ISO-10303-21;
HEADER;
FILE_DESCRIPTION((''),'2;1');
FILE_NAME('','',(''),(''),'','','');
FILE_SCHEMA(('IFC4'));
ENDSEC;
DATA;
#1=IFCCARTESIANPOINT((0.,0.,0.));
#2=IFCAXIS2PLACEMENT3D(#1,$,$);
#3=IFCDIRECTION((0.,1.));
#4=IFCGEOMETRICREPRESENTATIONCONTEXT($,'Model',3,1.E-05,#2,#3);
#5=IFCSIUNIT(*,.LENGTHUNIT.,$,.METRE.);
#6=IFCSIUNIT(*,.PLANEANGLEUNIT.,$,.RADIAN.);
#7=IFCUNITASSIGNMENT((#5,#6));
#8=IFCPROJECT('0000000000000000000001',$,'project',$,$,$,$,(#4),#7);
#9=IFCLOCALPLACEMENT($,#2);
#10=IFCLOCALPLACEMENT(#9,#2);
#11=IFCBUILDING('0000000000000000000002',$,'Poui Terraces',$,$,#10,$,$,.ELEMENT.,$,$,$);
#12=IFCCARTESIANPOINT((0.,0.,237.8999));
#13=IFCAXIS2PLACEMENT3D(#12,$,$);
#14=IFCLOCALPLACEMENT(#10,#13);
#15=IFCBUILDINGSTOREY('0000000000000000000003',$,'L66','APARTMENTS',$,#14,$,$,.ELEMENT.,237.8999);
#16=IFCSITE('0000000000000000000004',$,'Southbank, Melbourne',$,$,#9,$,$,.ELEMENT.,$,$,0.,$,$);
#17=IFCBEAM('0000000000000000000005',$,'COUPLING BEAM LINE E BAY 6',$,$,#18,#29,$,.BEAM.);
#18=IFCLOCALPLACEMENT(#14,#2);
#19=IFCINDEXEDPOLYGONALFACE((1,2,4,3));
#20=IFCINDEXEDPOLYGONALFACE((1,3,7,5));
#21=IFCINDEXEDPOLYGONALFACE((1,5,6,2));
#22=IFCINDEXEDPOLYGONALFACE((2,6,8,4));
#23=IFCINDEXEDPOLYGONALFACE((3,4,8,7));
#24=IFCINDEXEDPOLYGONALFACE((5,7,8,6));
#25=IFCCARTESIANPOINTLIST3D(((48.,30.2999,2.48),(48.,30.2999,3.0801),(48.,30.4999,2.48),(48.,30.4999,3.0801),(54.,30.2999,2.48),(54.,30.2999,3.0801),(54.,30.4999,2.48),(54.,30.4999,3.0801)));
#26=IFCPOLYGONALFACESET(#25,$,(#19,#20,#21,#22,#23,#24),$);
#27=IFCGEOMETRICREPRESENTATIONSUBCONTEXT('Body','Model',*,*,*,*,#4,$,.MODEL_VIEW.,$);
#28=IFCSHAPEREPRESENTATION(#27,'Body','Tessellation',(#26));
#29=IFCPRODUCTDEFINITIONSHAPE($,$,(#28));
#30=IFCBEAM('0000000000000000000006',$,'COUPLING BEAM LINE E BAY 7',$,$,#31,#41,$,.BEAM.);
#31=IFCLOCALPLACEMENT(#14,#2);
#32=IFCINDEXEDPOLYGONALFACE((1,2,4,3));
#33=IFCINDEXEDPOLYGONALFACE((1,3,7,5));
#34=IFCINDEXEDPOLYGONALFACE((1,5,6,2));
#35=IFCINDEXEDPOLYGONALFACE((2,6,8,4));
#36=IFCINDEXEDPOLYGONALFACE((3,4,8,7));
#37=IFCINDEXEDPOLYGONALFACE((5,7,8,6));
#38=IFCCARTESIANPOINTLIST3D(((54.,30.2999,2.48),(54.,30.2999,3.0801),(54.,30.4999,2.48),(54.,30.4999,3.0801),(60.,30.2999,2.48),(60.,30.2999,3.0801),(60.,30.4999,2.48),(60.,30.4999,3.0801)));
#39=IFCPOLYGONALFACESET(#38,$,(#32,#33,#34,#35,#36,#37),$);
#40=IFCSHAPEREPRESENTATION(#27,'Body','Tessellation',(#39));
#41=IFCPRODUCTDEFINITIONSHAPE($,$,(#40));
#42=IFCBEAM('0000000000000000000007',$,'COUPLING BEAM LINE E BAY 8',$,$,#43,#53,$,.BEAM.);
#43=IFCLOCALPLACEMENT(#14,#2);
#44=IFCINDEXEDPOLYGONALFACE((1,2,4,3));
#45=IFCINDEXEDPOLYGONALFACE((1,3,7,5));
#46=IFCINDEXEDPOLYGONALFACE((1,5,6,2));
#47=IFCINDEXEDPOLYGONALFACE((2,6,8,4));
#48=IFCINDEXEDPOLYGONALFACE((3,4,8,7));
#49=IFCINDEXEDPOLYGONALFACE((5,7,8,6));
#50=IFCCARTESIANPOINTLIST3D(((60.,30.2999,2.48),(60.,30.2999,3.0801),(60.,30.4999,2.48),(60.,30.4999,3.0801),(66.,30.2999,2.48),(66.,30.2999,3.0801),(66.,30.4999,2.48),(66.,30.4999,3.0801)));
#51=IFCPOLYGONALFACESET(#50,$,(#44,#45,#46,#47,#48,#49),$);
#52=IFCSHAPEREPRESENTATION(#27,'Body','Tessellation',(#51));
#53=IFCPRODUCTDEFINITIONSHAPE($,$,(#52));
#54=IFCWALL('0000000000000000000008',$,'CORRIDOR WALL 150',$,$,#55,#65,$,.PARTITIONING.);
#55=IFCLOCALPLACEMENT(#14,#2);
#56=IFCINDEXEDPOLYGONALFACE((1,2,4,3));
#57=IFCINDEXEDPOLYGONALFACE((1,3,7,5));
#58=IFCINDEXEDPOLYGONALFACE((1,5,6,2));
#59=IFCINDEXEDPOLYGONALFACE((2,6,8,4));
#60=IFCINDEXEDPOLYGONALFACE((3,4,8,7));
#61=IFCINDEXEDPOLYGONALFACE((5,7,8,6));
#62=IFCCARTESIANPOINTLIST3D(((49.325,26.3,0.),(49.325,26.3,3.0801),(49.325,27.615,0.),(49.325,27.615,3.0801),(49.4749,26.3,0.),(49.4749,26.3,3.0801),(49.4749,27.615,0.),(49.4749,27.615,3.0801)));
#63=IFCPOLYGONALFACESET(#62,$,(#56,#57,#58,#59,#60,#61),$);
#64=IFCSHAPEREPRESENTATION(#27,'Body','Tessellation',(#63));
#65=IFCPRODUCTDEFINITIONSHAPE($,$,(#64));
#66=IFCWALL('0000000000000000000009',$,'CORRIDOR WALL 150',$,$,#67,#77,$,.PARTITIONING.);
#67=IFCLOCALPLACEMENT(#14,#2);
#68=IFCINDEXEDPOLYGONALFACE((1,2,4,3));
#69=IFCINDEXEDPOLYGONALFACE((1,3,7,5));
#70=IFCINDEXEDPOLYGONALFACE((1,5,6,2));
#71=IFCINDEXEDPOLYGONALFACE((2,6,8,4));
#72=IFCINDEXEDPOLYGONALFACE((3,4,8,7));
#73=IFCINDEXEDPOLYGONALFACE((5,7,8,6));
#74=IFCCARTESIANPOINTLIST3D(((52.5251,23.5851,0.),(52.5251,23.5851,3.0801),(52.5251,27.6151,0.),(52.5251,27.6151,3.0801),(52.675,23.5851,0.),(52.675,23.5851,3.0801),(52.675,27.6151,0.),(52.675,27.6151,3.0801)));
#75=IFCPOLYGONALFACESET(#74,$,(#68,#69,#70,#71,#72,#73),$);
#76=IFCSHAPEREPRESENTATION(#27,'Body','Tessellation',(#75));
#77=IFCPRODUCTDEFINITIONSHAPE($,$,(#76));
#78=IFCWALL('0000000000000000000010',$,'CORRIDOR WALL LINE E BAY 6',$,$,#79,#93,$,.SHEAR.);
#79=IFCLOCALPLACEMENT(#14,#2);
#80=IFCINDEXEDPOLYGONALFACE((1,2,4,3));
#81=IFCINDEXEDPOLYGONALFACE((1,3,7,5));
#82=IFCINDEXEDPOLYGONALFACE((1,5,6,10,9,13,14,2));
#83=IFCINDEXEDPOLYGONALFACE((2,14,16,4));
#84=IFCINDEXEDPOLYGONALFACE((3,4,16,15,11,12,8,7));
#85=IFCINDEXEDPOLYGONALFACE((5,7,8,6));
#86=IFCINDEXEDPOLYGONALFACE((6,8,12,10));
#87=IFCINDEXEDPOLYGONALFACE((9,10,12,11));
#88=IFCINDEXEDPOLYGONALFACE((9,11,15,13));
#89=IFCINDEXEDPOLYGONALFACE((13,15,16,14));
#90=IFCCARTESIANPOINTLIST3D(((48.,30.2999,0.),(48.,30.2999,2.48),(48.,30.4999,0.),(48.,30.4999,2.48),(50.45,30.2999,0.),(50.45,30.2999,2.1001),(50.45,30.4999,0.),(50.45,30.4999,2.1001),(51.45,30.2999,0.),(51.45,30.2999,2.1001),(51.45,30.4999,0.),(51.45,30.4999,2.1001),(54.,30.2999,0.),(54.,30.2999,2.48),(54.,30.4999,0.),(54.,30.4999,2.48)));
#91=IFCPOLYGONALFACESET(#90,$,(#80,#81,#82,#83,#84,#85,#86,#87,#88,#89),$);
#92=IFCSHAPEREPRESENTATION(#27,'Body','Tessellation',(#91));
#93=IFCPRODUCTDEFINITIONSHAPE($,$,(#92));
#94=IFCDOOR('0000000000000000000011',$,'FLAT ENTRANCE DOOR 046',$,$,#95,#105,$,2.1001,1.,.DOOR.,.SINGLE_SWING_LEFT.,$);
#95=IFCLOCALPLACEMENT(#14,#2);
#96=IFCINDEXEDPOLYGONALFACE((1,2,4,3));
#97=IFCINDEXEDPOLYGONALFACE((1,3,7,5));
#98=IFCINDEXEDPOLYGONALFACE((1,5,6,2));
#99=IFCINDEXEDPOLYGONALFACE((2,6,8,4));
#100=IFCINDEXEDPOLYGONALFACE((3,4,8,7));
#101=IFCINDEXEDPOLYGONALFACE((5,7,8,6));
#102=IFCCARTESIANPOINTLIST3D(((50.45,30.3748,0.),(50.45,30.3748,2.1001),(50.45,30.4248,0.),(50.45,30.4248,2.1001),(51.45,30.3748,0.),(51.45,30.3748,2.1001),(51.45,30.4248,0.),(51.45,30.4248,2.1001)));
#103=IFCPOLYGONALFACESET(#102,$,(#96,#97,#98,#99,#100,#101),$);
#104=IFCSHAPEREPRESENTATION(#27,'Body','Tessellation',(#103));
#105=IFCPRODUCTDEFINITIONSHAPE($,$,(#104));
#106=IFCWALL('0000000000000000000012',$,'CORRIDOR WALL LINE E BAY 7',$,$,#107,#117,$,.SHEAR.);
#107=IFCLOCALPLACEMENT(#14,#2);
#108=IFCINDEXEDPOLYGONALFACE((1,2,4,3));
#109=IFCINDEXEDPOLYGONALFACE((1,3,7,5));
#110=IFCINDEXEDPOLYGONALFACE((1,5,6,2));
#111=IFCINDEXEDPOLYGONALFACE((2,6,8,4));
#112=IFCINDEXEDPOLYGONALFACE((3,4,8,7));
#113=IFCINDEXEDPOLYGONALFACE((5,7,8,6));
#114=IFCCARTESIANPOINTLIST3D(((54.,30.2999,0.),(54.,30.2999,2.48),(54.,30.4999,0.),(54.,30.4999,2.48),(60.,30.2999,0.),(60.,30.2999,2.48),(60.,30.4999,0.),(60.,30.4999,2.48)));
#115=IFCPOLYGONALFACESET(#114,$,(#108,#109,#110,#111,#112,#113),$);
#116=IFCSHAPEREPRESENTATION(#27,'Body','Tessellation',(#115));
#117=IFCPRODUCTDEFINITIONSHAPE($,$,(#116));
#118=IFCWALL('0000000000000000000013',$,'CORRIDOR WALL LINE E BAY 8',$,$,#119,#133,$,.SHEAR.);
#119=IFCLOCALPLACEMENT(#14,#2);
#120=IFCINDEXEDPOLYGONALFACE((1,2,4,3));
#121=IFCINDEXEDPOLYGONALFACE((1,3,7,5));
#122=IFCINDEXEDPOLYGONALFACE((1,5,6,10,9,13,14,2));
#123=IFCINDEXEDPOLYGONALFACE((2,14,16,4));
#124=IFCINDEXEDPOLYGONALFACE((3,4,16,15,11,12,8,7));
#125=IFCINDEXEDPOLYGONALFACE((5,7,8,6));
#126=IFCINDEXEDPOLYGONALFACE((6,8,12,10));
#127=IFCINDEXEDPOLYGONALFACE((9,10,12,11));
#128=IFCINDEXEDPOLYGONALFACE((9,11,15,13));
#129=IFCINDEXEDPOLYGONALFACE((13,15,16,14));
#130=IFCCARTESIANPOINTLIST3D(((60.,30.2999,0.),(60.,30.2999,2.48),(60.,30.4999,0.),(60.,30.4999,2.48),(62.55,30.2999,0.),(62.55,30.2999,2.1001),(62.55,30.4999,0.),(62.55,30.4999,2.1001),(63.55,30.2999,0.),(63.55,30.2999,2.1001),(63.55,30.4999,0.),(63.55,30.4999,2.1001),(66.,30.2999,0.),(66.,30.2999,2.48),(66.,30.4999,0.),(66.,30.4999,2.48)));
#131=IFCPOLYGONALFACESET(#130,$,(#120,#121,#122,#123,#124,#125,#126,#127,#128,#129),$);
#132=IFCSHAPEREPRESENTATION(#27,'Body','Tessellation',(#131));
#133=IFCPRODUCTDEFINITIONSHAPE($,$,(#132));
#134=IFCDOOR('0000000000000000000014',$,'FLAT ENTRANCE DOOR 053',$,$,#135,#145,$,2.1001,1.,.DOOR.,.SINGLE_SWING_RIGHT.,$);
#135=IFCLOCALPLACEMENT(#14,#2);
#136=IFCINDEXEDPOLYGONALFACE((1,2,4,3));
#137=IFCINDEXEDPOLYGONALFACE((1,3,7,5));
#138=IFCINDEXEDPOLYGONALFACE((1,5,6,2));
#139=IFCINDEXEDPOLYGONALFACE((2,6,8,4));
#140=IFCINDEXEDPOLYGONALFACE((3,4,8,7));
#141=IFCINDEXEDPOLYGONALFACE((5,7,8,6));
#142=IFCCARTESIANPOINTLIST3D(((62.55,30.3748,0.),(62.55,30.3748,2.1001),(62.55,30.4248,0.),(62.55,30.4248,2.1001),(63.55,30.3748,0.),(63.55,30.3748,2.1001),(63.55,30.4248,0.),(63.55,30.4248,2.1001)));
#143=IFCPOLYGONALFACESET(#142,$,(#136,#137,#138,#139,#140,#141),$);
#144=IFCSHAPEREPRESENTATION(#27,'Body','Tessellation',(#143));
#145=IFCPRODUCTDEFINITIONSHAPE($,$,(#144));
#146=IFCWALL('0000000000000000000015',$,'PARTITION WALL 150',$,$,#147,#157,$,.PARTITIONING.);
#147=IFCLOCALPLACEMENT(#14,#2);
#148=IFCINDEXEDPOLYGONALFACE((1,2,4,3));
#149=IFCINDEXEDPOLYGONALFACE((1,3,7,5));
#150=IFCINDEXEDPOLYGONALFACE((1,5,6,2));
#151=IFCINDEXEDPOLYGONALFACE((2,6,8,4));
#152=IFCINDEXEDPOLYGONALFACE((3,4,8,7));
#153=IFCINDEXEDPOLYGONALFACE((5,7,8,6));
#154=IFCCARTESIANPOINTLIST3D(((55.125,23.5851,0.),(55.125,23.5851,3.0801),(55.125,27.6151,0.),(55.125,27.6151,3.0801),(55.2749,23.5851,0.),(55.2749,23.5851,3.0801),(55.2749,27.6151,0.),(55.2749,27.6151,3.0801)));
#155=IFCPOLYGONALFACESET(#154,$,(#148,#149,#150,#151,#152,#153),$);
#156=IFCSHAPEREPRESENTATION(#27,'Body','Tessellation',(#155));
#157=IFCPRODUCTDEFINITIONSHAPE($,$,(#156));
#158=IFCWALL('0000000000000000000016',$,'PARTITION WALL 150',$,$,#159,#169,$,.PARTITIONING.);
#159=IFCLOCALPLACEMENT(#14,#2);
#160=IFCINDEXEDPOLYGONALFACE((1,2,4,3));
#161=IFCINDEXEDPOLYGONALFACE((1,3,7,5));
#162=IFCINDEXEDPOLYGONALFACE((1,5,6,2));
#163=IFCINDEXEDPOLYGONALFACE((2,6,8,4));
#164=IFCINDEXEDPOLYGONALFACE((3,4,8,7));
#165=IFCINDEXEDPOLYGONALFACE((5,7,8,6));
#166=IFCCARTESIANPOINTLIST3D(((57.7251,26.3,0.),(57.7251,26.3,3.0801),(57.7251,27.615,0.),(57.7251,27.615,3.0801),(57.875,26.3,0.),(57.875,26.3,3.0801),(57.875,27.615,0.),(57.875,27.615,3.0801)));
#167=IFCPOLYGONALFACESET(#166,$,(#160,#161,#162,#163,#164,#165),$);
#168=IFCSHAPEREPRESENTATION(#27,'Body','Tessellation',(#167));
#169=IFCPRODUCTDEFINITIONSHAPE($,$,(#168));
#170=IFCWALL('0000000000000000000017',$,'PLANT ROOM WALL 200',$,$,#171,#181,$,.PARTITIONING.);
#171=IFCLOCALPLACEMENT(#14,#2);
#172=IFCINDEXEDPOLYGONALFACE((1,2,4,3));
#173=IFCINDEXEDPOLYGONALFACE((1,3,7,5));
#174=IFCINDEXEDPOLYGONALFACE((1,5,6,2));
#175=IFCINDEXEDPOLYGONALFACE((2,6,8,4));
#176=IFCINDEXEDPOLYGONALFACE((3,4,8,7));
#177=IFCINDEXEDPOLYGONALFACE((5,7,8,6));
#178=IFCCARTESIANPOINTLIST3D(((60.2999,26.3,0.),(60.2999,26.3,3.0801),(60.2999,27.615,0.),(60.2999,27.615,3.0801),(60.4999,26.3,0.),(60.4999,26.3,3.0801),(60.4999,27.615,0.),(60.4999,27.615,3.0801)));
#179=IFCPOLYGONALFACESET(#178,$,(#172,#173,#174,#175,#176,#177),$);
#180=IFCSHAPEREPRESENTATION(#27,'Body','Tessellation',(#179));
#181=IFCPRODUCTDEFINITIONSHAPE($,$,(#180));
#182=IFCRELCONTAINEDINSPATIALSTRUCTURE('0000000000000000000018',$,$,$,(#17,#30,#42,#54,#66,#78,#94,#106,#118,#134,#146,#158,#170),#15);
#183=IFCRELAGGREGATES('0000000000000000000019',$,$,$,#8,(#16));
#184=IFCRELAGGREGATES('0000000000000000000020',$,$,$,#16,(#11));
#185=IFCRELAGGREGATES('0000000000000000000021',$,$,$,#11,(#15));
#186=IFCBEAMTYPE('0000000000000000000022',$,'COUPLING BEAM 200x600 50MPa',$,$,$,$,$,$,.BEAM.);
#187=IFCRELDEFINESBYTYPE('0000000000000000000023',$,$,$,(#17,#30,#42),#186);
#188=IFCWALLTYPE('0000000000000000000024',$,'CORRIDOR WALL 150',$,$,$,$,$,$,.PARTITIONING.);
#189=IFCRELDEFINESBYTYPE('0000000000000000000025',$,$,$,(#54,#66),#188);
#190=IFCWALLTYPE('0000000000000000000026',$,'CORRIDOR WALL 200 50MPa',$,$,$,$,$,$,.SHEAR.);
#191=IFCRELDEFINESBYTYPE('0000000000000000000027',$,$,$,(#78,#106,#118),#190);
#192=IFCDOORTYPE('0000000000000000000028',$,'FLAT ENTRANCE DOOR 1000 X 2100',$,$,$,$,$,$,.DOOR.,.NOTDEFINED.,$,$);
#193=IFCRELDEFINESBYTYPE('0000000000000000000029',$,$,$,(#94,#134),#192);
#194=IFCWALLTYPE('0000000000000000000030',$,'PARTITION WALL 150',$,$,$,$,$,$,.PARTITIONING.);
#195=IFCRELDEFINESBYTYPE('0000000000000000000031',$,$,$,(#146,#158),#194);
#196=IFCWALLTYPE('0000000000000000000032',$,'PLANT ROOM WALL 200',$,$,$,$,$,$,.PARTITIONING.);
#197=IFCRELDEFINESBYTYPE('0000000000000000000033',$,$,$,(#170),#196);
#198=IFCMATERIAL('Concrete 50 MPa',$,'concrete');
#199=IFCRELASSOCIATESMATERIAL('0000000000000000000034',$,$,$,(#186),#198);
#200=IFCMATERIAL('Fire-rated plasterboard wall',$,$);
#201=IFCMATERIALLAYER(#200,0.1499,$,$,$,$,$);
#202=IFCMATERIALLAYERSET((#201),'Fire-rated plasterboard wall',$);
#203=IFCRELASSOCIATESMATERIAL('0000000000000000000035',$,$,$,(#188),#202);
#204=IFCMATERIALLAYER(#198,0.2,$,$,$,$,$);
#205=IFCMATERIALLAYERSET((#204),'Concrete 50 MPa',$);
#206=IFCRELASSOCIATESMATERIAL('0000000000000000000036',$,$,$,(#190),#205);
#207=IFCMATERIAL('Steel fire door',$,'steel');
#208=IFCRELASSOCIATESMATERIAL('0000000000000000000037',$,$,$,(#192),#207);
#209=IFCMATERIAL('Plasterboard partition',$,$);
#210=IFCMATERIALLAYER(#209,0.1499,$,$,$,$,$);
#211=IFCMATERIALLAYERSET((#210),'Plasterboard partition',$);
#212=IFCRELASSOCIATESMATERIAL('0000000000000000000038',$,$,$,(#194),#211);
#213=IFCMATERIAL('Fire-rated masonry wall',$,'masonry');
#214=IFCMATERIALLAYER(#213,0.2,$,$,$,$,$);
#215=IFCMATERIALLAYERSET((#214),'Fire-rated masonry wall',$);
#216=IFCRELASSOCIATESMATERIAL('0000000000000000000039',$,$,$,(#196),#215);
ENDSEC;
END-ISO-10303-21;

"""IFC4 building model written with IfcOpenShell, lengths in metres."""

from ifc_helpers import new_model, si_unit, direction, frame, frame_2d, origin, origin_2d, place, context, subcontext, project, spatial, rectangle, extrude, source, transform, mapped, material, layer, layer_set, material_profile, profile_set, type_object, element, fill, save


model = new_model("IFC4")

# Units and contexts
model_context = context("Model", 3, precision=1e-05, world=origin(), true_north=direction((0.0, 1.0)))
body_context = subcontext(model_context, "Body", "Model", "MODEL_VIEW")
ifc_project = project(units=[si_unit("LENGTHUNIT", "METRE"), si_unit("PLANEANGLEUNIT", "RADIAN")], contexts=[model_context])

# Site, building, storey
site_placement = place(None, origin())
site = spatial("IfcSite", under=ifc_project, at=site_placement, Name="Southbank, Melbourne", CompositionType="ELEMENT", RefElevation=0.0)
building_placement = place(site_placement, origin())
building = spatial("IfcBuilding", under=site, at=building_placement, Name="Poui Terraces", CompositionType="ELEMENT")
storey_placement = place(building_placement, frame((0.0, 0.0, 237.8999)))
storey = spatial("IfcBuildingStorey", under=building, at=storey_placement, Name="L66", Description="APARTMENTS", CompositionType="ELEMENT", Elevation=237.8999)

# Beams
ifc_material_1 = material(Name="Concrete 50 MPa", Category="concrete")
ifc_material_profile = material_profile(ifc_material_1, rectangle(XDim=0.2, YDim=0.6001, at=origin_2d()), Name="RC 200x600")
ifc_profile_set = profile_set([ifc_material_profile], Name="Concrete 50 MPa")
beam_type = type_object("IfcBeamType", Name="COUPLING BEAM 200x600 50MPa", PredefinedType="BEAM", material=ifc_profile_set)
shared_shape = source(origin(), body_context, "Body", "SweptSolid", [
    extrude(rectangle(XDim=0.2, YDim=0.6001, at=origin_2d()), origin(), (0.0, 0.0, 1.0), 6.0),
])
for number, where, z_axis, x_axis, name in (
    (1, (48.0, 30.3999, 2.78), (1.0, 0.0, 0.0), (0.0, 1.0, 0.0), "COUPLING BEAM LINE E BAY 6"),
    (2, (54.0, 30.3999, 2.78), (1.0, 0.0, 0.0), (0.0, 1.0, 0.0), "COUPLING BEAM LINE E BAY 7"),
    (3, (60.0, 30.3999, 2.78), (1.0, 0.0, 0.0), (0.0, 1.0, 0.0), "COUPLING BEAM LINE E BAY 8"),
):
    element("IfcBeam", number, at=place(storey_placement, frame(where, z_axis=z_axis, x_axis=x_axis)), inside=storey, type_object=beam_type, Name=name, PredefinedType="BEAM", context=body_context, shape_type="MappedRepresentation", body=[
        mapped(shared_shape, transform((0.0, 0.0, 0.0))),
    ])

# Walls
ifc_material_2 = material(Name="Fire-rated plasterboard wall")
ifc_layer_1 = layer(ifc_material_2, 0.1499)
ifc_layer_set_1 = layer_set([ifc_layer_1], Name="Fire-rated plasterboard wall")
wall_type_1 = type_object("IfcWallType", Name="CORRIDOR WALL 150", PredefinedType="PARTITIONING", material=ifc_layer_set_1)
wall_1_placement = place(storey_placement, frame((49.3999, 26.3, 0.0), z_axis=(0.0, 0.0, 1.0), x_axis=(0.0, 1.0, 0.0)))
element("IfcWall", 4, at=wall_1_placement, inside=storey, type_object=wall_type_1, Name="CORRIDOR WALL 150", PredefinedType="PARTITIONING", context=body_context, shape_type="SweptSolid", body=[
    extrude(rectangle(XDim=1.3149, YDim=0.1499, at=frame_2d((0.6575, 0.0))), origin(), (0.0, 0.0, 1.0), 3.0801),
])
wall_2_placement = place(storey_placement, frame((52.6001, 23.585, 0.0), z_axis=(0.0, 0.0, 1.0), x_axis=(0.0, 1.0, 0.0)))
element("IfcWall", 5, at=wall_2_placement, inside=storey, type_object=wall_type_1, Name="CORRIDOR WALL 150", PredefinedType="PARTITIONING", context=body_context, shape_type="SweptSolid", body=[
    extrude(rectangle(XDim=4.03, YDim=0.1499, at=frame_2d((2.0151, 0.0))), origin(), (0.0, 0.0, 1.0), 3.0801),
])

# Wall, opening, door
ifc_layer_2 = layer(ifc_material_1, 0.2)
ifc_layer_set_2 = layer_set([ifc_layer_2], Name="Concrete 50 MPa")
wall_type_2 = type_object("IfcWallType", Name="CORRIDOR WALL 200 50MPa", PredefinedType="SHEAR", material=ifc_layer_set_2)
wall_3_placement = place(storey_placement, frame((48.0, 30.3999, 0.0), z_axis=(0.0, 0.0, 1.0), x_axis=(1.0, 0.0, 0.0)))
wall_3 = element("IfcWall", 6, at=wall_3_placement, inside=storey, type_object=wall_type_2, Name="CORRIDOR WALL LINE E BAY 6", PredefinedType="SHEAR", context=body_context, shape_type="SweptSolid", body=[
    extrude(rectangle(XDim=6.0, YDim=0.2, at=frame_2d((3.0, 0.0))), origin(), (0.0, 0.0, 1.0), 2.48),
])
opening_1_placement = place(wall_3_placement, frame((2.45, 0.0, 0.0)))
opening_1 = element("IfcOpeningElement", 7, at=opening_1_placement, cuts=wall_3, PredefinedType="OPENING", context=body_context, shape_type="SweptSolid", body=[
    extrude(rectangle(XDim=1.0, YDim=2.1001, at=frame_2d((0.5, 1.05))), frame((0.0, 0.1099, 0.0), z_axis=(0.0, -1.0, 0.0), x_axis=(1.0, 0.0, 0.0)), (0.0, 0.0, 1.0), 0.22),
])
ifc_material_3 = material(Name="Steel fire door", Category="steel")
door_type = type_object("IfcDoorType", Name="FLAT ENTRANCE DOOR 1000 X 2100", OperationType="NOTDEFINED", PredefinedType="DOOR", material=ifc_material_3)
door_1_placement = place(opening_1_placement, origin())
door_1 = element("IfcDoor", 8, at=door_1_placement, inside=storey, type_object=door_type, Name="FLAT ENTRANCE DOOR 046", OperationType="SINGLE_SWING_LEFT", OverallHeight=2.1001, OverallWidth=1.0, PredefinedType="DOOR", context=body_context, shape_type="SweptSolid", body=[
    extrude(rectangle(XDim=1.0, YDim=2.1001, at=frame_2d((0.5, 1.05))), frame((0.0, 0.0249, 0.0), z_axis=(0.0, -1.0, 0.0), x_axis=(1.0, 0.0, 0.0)), (0.0, 0.0, 1.0), 0.05),
])
fill(opening_1, door_1)

# Wall
wall_4_placement = place(storey_placement, frame((54.0, 30.3999, 0.0), z_axis=(0.0, 0.0, 1.0), x_axis=(1.0, 0.0, 0.0)))
element("IfcWall", 9, at=wall_4_placement, inside=storey, type_object=wall_type_2, Name="CORRIDOR WALL LINE E BAY 7", PredefinedType="SHEAR", context=body_context, shape_type="SweptSolid", body=[
    extrude(rectangle(XDim=6.0, YDim=0.2, at=frame_2d((3.0, 0.0))), origin(), (0.0, 0.0, 1.0), 2.48),
])

# Wall, opening, door
wall_5_placement = place(storey_placement, frame((60.0, 30.3999, 0.0), z_axis=(0.0, 0.0, 1.0), x_axis=(1.0, 0.0, 0.0)))
wall_5 = element("IfcWall", 10, at=wall_5_placement, inside=storey, type_object=wall_type_2, Name="CORRIDOR WALL LINE E BAY 8", PredefinedType="SHEAR", context=body_context, shape_type="SweptSolid", body=[
    extrude(rectangle(XDim=6.0, YDim=0.2, at=frame_2d((3.0, 0.0))), origin(), (0.0, 0.0, 1.0), 2.48),
])
opening_2_placement = place(wall_5_placement, frame((2.55, 0.0, 0.0)))
opening_2 = element("IfcOpeningElement", 11, at=opening_2_placement, cuts=wall_5, PredefinedType="OPENING", context=body_context, shape_type="SweptSolid", body=[
    extrude(rectangle(XDim=1.0, YDim=2.1001, at=frame_2d((0.5, 1.05))), frame((0.0, 0.1099, 0.0), z_axis=(0.0, -1.0, 0.0), x_axis=(1.0, 0.0, 0.0)), (0.0, 0.0, 1.0), 0.22),
])
door_2_placement = place(opening_2_placement, origin())
door_2 = element("IfcDoor", 12, at=door_2_placement, inside=storey, type_object=door_type, Name="FLAT ENTRANCE DOOR 053", OperationType="SINGLE_SWING_RIGHT", OverallHeight=2.1001, OverallWidth=1.0, PredefinedType="DOOR", context=body_context, shape_type="SweptSolid", body=[
    extrude(rectangle(XDim=1.0, YDim=2.1001, at=frame_2d((0.5, 1.05))), frame((0.0, 0.0249, 0.0), z_axis=(0.0, -1.0, 0.0), x_axis=(1.0, 0.0, 0.0)), (0.0, 0.0, 1.0), 0.05),
])
fill(opening_2, door_2)

# Walls
ifc_material_4 = material(Name="Plasterboard partition")
ifc_layer_3 = layer(ifc_material_4, 0.1499)
ifc_layer_set_3 = layer_set([ifc_layer_3], Name="Plasterboard partition")
wall_type_3 = type_object("IfcWallType", Name="PARTITION WALL 150", PredefinedType="PARTITIONING", material=ifc_layer_set_3)
wall_6_placement = place(storey_placement, frame((55.2, 23.585, 0.0), z_axis=(0.0, 0.0, 1.0), x_axis=(0.0, 1.0, 0.0)))
element("IfcWall", 13, at=wall_6_placement, inside=storey, type_object=wall_type_3, Name="PARTITION WALL 150", PredefinedType="PARTITIONING", context=body_context, shape_type="SweptSolid", body=[
    extrude(rectangle(XDim=4.03, YDim=0.1499, at=frame_2d((2.0151, 0.0))), origin(), (0.0, 0.0, 1.0), 3.0801),
])
wall_7_placement = place(storey_placement, frame((57.8, 26.3, 0.0), z_axis=(0.0, 0.0, 1.0), x_axis=(0.0, 1.0, 0.0)))
element("IfcWall", 14, at=wall_7_placement, inside=storey, type_object=wall_type_3, Name="PARTITION WALL 150", PredefinedType="PARTITIONING", context=body_context, shape_type="SweptSolid", body=[
    extrude(rectangle(XDim=1.3149, YDim=0.1499, at=frame_2d((0.6575, 0.0))), origin(), (0.0, 0.0, 1.0), 3.0801),
])
ifc_material_5 = material(Name="Fire-rated masonry wall", Category="masonry")
ifc_layer_4 = layer(ifc_material_5, 0.2)
ifc_layer_set_4 = layer_set([ifc_layer_4], Name="Fire-rated masonry wall")
wall_type_4 = type_object("IfcWallType", Name="PLANT ROOM WALL 200", PredefinedType="PARTITIONING", material=ifc_layer_set_4)
for number, where, z_axis, x_axis, name in (
    (15, (60.3999, 26.3, 0.0), (0.0, 0.0, 1.0), (0.0, 1.0, 0.0), "PLANT ROOM WALL 200"),
):
    element("IfcWall", number, at=place(storey_placement, frame(where, z_axis=z_axis, x_axis=x_axis)), inside=storey, type_object=wall_type_4, Name=name, PredefinedType="PARTITIONING", context=body_context, shape_type="SweptSolid", body=[
        extrude(rectangle(XDim=1.3149, YDim=0.2, at=frame_2d((0.6575, 0.0))), origin(), (0.0, 0.0, 1.0), 3.0801),
    ])

save(model, "model.ifc")
